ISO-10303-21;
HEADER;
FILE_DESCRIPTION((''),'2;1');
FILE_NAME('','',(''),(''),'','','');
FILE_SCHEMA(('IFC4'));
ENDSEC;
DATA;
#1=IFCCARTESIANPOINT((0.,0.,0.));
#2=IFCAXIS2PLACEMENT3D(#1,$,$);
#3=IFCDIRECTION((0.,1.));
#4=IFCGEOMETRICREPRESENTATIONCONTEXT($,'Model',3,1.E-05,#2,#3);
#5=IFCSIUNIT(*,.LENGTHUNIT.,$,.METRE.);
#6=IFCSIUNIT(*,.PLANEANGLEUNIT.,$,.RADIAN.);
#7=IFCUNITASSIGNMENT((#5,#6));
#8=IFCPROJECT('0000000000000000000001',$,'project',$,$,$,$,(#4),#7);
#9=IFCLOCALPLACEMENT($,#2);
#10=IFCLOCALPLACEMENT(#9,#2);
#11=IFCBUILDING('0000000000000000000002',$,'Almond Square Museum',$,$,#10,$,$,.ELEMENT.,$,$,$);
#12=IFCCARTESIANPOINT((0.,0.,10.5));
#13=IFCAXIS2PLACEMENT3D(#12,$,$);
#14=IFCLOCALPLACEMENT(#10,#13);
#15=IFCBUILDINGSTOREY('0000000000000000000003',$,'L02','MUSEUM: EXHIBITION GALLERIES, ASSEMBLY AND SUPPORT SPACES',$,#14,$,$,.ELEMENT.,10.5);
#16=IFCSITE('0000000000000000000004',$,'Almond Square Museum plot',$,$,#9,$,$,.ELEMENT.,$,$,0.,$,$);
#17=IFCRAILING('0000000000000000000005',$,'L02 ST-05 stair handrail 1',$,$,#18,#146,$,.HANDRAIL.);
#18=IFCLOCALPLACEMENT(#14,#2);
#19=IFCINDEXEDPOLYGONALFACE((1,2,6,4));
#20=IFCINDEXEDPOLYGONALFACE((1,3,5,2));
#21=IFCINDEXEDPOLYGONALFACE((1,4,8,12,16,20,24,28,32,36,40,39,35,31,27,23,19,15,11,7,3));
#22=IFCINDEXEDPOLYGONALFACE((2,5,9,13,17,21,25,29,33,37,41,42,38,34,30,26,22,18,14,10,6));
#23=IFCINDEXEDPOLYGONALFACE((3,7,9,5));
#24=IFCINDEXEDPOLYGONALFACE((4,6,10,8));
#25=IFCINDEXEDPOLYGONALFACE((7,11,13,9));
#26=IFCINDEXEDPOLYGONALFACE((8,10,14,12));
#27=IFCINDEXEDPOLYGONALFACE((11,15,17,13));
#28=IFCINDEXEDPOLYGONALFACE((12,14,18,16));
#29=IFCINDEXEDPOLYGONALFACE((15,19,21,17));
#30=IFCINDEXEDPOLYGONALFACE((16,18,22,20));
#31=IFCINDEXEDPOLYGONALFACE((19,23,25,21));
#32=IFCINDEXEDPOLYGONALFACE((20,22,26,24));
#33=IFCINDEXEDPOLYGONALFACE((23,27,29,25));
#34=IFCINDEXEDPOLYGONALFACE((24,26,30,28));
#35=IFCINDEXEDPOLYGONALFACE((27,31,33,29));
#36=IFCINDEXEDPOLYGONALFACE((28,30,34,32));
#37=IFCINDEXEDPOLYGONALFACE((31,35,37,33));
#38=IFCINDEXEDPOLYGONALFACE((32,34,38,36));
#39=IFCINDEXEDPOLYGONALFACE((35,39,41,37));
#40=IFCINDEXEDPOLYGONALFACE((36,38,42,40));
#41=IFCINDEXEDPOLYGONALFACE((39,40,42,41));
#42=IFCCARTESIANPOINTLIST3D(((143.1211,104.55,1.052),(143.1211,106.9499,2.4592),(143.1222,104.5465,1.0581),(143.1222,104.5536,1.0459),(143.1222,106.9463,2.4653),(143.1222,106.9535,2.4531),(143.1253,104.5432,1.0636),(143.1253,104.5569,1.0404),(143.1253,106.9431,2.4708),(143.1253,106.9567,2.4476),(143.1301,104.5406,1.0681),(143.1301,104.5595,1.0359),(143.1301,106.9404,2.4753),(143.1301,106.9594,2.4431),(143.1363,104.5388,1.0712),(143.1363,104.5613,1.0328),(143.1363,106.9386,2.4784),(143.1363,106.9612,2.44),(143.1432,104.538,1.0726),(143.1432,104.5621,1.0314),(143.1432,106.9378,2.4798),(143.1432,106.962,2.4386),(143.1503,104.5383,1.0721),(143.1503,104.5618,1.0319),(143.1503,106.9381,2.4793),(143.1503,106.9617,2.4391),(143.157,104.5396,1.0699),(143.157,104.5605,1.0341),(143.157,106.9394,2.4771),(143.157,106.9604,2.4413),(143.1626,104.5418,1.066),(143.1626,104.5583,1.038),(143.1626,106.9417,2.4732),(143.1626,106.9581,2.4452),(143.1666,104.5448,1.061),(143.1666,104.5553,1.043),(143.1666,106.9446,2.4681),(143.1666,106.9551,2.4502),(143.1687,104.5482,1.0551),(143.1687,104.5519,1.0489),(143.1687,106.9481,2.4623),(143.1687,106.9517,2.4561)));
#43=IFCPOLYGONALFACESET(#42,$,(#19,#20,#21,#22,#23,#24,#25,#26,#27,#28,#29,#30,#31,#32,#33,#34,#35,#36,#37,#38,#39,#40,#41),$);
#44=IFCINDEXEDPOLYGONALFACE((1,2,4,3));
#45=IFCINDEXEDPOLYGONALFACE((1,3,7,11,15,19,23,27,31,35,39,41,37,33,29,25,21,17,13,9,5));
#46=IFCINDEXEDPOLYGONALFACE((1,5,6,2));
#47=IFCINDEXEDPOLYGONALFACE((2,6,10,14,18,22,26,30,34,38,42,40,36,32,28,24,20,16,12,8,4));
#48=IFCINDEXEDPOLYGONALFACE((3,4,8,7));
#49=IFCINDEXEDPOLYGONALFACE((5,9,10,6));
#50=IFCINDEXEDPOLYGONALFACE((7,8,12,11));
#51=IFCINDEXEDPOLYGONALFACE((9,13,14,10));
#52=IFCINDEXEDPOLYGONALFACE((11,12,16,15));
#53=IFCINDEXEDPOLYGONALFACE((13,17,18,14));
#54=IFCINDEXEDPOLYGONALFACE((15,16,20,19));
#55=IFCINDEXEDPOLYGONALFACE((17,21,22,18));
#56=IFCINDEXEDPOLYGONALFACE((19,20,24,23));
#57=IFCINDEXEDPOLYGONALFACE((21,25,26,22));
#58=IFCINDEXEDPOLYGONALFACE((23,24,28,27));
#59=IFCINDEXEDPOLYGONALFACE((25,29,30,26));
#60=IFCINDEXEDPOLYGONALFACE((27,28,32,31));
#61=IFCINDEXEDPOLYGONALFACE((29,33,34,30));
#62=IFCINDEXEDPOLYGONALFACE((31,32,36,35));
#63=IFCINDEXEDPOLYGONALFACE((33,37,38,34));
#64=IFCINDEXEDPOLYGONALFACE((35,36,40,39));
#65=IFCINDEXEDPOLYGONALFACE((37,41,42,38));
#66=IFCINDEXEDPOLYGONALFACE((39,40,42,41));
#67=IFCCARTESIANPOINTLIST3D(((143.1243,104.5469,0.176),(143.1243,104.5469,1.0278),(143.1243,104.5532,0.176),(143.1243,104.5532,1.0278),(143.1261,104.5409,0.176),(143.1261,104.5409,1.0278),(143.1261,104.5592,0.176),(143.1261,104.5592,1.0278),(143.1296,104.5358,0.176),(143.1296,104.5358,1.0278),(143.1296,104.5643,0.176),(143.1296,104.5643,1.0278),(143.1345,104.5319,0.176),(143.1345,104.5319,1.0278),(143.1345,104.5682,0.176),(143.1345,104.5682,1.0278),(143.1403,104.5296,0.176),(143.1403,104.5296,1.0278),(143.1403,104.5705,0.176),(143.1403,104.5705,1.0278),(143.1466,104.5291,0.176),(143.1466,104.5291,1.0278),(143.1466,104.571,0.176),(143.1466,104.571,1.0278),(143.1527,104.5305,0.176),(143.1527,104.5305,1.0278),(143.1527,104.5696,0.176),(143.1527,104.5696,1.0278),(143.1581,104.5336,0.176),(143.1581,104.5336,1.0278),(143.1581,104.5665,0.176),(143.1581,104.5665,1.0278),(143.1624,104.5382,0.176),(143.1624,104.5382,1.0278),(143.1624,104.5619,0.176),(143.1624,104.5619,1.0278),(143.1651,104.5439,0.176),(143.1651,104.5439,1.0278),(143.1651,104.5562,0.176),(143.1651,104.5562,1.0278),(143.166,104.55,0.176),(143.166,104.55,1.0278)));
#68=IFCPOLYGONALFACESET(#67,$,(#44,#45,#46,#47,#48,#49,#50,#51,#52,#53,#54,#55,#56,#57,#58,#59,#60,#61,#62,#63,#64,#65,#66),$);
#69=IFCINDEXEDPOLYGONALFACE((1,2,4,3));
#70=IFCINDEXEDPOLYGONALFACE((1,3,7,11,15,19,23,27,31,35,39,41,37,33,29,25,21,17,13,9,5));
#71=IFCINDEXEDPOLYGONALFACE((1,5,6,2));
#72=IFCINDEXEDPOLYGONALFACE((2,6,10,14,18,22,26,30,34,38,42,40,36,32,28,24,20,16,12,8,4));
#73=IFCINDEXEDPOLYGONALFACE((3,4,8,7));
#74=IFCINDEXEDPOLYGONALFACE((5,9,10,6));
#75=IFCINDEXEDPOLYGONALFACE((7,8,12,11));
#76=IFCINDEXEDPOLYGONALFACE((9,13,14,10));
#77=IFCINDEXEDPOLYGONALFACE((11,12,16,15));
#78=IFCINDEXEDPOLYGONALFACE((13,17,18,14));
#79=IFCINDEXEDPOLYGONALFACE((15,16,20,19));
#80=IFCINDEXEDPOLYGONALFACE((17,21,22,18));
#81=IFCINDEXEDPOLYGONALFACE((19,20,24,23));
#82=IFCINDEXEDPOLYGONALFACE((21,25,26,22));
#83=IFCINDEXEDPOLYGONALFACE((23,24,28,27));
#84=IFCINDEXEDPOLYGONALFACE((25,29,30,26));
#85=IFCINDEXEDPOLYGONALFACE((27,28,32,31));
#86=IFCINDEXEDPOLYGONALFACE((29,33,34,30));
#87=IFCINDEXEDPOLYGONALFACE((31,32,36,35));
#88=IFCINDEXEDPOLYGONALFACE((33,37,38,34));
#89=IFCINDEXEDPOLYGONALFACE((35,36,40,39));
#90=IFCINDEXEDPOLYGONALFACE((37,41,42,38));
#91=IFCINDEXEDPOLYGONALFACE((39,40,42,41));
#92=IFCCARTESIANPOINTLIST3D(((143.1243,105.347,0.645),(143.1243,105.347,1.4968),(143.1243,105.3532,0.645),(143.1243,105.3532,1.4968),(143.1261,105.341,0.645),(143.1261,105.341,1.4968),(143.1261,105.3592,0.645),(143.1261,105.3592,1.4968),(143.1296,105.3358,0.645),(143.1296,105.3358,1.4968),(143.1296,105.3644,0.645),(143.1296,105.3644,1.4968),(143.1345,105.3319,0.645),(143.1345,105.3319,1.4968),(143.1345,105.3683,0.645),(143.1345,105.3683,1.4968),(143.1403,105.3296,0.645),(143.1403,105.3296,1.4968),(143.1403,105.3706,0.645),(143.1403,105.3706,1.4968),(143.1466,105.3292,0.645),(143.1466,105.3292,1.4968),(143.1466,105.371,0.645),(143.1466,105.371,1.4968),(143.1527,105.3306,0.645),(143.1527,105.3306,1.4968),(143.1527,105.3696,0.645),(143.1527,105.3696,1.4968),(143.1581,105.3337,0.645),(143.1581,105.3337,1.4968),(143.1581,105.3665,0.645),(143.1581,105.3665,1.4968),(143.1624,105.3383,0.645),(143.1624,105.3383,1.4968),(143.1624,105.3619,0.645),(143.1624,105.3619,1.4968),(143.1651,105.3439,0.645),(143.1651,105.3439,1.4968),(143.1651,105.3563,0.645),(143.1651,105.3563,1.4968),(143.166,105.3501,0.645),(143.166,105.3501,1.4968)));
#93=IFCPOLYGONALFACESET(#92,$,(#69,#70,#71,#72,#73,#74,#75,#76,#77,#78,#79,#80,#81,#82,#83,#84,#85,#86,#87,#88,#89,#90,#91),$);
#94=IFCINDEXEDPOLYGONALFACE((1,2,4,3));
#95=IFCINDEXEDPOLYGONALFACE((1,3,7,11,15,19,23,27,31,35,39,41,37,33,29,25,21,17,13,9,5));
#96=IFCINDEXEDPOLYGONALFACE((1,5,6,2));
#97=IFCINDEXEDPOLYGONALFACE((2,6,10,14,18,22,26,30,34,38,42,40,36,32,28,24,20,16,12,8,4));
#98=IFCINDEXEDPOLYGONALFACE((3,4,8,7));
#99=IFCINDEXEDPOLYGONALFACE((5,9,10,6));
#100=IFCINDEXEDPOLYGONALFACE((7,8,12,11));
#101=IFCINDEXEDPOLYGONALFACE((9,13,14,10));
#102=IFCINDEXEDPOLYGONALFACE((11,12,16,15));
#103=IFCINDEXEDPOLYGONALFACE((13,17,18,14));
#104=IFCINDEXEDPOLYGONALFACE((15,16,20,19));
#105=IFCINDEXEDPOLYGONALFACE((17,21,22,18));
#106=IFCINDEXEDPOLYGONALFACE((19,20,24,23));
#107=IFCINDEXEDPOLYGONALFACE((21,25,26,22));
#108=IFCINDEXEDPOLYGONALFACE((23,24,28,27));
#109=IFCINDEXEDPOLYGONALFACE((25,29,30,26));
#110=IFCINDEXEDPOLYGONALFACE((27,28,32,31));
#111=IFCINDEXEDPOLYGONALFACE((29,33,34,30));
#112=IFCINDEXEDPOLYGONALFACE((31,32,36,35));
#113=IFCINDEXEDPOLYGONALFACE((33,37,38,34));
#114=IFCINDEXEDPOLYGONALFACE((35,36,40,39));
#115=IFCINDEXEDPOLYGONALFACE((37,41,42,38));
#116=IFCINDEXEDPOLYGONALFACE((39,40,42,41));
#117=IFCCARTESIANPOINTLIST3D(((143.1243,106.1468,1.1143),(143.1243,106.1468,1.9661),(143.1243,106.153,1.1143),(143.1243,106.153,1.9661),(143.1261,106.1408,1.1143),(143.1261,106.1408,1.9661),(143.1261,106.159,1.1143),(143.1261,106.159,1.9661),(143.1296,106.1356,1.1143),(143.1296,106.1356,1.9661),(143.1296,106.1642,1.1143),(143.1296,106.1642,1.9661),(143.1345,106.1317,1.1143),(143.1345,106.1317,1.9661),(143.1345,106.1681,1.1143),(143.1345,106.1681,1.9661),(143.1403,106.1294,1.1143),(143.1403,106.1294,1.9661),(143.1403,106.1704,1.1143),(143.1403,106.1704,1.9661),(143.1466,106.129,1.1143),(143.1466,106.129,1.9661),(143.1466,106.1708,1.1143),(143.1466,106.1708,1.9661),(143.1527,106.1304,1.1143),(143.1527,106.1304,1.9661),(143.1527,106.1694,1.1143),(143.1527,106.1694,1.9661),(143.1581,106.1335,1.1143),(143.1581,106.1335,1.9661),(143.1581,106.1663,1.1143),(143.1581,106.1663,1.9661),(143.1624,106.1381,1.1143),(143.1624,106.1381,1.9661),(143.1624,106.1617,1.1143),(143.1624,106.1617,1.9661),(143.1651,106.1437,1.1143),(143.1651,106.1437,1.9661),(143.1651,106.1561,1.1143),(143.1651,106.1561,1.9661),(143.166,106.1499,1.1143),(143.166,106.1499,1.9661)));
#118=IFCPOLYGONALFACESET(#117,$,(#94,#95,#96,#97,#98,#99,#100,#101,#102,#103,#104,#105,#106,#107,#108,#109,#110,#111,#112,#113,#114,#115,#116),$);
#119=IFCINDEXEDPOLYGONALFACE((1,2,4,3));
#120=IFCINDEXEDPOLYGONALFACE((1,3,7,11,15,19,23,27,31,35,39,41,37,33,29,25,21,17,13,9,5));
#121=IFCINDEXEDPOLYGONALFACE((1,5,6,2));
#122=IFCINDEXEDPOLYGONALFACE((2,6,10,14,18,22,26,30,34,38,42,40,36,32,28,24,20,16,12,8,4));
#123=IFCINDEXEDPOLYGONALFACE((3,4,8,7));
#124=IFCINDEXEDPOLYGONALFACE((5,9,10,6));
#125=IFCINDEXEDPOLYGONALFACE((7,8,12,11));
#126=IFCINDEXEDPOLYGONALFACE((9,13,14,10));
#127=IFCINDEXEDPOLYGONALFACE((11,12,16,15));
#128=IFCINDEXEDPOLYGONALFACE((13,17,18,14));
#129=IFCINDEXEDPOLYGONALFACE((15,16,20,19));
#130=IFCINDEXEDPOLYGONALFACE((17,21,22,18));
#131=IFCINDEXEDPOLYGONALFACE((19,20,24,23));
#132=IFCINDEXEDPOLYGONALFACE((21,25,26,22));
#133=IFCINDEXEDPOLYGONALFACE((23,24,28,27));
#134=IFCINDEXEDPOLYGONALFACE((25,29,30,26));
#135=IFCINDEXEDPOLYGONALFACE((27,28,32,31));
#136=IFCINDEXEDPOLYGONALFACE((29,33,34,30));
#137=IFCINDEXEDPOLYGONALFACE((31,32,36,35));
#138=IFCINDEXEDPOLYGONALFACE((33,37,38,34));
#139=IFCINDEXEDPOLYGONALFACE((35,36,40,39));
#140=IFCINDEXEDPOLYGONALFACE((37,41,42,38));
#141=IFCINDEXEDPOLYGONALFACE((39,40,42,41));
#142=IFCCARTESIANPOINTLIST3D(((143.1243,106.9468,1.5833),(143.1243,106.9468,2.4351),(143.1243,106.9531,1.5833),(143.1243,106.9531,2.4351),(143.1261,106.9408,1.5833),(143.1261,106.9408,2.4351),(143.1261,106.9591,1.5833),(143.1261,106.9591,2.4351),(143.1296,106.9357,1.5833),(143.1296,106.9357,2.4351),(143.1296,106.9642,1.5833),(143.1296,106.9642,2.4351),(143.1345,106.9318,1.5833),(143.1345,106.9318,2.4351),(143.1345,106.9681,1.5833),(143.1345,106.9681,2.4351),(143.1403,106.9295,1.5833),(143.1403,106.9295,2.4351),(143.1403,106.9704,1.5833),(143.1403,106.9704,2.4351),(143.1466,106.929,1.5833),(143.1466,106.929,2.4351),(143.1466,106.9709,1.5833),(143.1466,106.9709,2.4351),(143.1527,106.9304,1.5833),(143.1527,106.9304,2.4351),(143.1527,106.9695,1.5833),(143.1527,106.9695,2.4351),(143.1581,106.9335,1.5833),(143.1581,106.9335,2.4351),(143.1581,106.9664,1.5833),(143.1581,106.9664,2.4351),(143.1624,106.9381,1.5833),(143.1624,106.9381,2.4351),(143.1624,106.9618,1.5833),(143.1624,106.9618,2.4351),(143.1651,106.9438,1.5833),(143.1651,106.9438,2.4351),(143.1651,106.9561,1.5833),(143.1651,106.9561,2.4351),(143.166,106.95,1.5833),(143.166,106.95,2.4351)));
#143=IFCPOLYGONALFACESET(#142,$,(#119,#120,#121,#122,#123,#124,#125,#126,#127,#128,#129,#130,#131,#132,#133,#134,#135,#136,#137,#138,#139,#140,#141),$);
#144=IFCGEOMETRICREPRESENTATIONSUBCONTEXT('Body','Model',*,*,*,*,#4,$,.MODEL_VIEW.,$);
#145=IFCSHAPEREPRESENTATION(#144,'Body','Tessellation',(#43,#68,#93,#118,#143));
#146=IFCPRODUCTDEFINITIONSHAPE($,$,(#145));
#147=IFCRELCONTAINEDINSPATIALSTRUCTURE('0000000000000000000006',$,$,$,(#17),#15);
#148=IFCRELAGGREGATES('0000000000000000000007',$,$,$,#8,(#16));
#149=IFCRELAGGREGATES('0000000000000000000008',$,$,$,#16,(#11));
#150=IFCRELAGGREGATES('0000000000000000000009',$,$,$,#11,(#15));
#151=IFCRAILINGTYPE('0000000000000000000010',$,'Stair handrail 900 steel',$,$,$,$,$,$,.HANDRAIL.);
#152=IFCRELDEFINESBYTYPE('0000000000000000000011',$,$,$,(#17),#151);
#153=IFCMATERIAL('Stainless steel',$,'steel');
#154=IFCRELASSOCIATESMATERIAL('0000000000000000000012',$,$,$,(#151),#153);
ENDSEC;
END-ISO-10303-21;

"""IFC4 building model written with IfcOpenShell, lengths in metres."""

from ifc_helpers import new_model, si_unit, direction, frame, origin, origin_2d, place, context, subcontext, project, spatial, circle, extrude, material, type_object, element, save


model = new_model("IFC4")

# Units and contexts
model_context = context("Model", 3, precision=1e-05, world=origin(), true_north=direction((0.0, 1.0)))
body_context = subcontext(model_context, "Body", "Model", "MODEL_VIEW")
ifc_project = project(units=[si_unit("LENGTHUNIT", "METRE"), si_unit("PLANEANGLEUNIT", "RADIAN")], contexts=[model_context])

# Site, building, storey
site_placement = place(None, origin())
site = spatial("IfcSite", under=ifc_project, at=site_placement, Name="Almond Square Museum plot", CompositionType="ELEMENT", RefElevation=0.0)
building_placement = place(site_placement, origin())
building = spatial("IfcBuilding", under=site, at=building_placement, Name="Almond Square Museum", CompositionType="ELEMENT")
storey_placement = place(building_placement, frame((0.0, 0.0, 10.5)))
storey = spatial("IfcBuildingStorey", under=building, at=storey_placement, Name="L02", Description="MUSEUM: EXHIBITION GALLERIES, ASSEMBLY AND SUPPORT SPACES", CompositionType="ELEMENT", Elevation=10.5)

# Railing
ifc_material_1 = material(Name="Stainless steel", Category="steel")
railing_type_1 = type_object("IfcRailingType", Name="Stair handrail 900 steel", PredefinedType="HANDRAIL", material=ifc_material_1)
railing_1_placement = place(storey_placement, frame((143.145, 104.55, 0.176)))
element("IfcRailing", 1, at=railing_1_placement, inside=storey, type_object=railing_type_1, Name="L02 ST-05 stair handrail 1", PredefinedType="HANDRAIL", context=body_context, shape_type="SweptSolid", body=[
    extrude(circle(Radius=0.0239, at=origin_2d()), frame((0.0, 0.0, 0.876), z_axis=(0.0, 0.862637, 0.505823), x_axis=(-1.0, 0.0, 0.0)), (0.0, 0.0, 1.0), 2.782),
    extrude(circle(Radius=0.021, at=origin_2d()), origin(), (0.0, 0.0, 1.0), 0.8518),
    extrude(circle(Radius=0.021, at=origin_2d()), frame((0.0, 0.8, 0.469)), (0.0, 0.0, 1.0), 0.8518),
    extrude(circle(Radius=0.021, at=origin_2d()), frame((0.0, 1.5999, 0.9382)), (0.0, 0.0, 1.0), 0.8518),
    extrude(circle(Radius=0.021, at=origin_2d()), frame((0.0, 2.3999, 1.4072)), (0.0, 0.0, 1.0), 0.8518),
])

save(model, "model.ifc")
